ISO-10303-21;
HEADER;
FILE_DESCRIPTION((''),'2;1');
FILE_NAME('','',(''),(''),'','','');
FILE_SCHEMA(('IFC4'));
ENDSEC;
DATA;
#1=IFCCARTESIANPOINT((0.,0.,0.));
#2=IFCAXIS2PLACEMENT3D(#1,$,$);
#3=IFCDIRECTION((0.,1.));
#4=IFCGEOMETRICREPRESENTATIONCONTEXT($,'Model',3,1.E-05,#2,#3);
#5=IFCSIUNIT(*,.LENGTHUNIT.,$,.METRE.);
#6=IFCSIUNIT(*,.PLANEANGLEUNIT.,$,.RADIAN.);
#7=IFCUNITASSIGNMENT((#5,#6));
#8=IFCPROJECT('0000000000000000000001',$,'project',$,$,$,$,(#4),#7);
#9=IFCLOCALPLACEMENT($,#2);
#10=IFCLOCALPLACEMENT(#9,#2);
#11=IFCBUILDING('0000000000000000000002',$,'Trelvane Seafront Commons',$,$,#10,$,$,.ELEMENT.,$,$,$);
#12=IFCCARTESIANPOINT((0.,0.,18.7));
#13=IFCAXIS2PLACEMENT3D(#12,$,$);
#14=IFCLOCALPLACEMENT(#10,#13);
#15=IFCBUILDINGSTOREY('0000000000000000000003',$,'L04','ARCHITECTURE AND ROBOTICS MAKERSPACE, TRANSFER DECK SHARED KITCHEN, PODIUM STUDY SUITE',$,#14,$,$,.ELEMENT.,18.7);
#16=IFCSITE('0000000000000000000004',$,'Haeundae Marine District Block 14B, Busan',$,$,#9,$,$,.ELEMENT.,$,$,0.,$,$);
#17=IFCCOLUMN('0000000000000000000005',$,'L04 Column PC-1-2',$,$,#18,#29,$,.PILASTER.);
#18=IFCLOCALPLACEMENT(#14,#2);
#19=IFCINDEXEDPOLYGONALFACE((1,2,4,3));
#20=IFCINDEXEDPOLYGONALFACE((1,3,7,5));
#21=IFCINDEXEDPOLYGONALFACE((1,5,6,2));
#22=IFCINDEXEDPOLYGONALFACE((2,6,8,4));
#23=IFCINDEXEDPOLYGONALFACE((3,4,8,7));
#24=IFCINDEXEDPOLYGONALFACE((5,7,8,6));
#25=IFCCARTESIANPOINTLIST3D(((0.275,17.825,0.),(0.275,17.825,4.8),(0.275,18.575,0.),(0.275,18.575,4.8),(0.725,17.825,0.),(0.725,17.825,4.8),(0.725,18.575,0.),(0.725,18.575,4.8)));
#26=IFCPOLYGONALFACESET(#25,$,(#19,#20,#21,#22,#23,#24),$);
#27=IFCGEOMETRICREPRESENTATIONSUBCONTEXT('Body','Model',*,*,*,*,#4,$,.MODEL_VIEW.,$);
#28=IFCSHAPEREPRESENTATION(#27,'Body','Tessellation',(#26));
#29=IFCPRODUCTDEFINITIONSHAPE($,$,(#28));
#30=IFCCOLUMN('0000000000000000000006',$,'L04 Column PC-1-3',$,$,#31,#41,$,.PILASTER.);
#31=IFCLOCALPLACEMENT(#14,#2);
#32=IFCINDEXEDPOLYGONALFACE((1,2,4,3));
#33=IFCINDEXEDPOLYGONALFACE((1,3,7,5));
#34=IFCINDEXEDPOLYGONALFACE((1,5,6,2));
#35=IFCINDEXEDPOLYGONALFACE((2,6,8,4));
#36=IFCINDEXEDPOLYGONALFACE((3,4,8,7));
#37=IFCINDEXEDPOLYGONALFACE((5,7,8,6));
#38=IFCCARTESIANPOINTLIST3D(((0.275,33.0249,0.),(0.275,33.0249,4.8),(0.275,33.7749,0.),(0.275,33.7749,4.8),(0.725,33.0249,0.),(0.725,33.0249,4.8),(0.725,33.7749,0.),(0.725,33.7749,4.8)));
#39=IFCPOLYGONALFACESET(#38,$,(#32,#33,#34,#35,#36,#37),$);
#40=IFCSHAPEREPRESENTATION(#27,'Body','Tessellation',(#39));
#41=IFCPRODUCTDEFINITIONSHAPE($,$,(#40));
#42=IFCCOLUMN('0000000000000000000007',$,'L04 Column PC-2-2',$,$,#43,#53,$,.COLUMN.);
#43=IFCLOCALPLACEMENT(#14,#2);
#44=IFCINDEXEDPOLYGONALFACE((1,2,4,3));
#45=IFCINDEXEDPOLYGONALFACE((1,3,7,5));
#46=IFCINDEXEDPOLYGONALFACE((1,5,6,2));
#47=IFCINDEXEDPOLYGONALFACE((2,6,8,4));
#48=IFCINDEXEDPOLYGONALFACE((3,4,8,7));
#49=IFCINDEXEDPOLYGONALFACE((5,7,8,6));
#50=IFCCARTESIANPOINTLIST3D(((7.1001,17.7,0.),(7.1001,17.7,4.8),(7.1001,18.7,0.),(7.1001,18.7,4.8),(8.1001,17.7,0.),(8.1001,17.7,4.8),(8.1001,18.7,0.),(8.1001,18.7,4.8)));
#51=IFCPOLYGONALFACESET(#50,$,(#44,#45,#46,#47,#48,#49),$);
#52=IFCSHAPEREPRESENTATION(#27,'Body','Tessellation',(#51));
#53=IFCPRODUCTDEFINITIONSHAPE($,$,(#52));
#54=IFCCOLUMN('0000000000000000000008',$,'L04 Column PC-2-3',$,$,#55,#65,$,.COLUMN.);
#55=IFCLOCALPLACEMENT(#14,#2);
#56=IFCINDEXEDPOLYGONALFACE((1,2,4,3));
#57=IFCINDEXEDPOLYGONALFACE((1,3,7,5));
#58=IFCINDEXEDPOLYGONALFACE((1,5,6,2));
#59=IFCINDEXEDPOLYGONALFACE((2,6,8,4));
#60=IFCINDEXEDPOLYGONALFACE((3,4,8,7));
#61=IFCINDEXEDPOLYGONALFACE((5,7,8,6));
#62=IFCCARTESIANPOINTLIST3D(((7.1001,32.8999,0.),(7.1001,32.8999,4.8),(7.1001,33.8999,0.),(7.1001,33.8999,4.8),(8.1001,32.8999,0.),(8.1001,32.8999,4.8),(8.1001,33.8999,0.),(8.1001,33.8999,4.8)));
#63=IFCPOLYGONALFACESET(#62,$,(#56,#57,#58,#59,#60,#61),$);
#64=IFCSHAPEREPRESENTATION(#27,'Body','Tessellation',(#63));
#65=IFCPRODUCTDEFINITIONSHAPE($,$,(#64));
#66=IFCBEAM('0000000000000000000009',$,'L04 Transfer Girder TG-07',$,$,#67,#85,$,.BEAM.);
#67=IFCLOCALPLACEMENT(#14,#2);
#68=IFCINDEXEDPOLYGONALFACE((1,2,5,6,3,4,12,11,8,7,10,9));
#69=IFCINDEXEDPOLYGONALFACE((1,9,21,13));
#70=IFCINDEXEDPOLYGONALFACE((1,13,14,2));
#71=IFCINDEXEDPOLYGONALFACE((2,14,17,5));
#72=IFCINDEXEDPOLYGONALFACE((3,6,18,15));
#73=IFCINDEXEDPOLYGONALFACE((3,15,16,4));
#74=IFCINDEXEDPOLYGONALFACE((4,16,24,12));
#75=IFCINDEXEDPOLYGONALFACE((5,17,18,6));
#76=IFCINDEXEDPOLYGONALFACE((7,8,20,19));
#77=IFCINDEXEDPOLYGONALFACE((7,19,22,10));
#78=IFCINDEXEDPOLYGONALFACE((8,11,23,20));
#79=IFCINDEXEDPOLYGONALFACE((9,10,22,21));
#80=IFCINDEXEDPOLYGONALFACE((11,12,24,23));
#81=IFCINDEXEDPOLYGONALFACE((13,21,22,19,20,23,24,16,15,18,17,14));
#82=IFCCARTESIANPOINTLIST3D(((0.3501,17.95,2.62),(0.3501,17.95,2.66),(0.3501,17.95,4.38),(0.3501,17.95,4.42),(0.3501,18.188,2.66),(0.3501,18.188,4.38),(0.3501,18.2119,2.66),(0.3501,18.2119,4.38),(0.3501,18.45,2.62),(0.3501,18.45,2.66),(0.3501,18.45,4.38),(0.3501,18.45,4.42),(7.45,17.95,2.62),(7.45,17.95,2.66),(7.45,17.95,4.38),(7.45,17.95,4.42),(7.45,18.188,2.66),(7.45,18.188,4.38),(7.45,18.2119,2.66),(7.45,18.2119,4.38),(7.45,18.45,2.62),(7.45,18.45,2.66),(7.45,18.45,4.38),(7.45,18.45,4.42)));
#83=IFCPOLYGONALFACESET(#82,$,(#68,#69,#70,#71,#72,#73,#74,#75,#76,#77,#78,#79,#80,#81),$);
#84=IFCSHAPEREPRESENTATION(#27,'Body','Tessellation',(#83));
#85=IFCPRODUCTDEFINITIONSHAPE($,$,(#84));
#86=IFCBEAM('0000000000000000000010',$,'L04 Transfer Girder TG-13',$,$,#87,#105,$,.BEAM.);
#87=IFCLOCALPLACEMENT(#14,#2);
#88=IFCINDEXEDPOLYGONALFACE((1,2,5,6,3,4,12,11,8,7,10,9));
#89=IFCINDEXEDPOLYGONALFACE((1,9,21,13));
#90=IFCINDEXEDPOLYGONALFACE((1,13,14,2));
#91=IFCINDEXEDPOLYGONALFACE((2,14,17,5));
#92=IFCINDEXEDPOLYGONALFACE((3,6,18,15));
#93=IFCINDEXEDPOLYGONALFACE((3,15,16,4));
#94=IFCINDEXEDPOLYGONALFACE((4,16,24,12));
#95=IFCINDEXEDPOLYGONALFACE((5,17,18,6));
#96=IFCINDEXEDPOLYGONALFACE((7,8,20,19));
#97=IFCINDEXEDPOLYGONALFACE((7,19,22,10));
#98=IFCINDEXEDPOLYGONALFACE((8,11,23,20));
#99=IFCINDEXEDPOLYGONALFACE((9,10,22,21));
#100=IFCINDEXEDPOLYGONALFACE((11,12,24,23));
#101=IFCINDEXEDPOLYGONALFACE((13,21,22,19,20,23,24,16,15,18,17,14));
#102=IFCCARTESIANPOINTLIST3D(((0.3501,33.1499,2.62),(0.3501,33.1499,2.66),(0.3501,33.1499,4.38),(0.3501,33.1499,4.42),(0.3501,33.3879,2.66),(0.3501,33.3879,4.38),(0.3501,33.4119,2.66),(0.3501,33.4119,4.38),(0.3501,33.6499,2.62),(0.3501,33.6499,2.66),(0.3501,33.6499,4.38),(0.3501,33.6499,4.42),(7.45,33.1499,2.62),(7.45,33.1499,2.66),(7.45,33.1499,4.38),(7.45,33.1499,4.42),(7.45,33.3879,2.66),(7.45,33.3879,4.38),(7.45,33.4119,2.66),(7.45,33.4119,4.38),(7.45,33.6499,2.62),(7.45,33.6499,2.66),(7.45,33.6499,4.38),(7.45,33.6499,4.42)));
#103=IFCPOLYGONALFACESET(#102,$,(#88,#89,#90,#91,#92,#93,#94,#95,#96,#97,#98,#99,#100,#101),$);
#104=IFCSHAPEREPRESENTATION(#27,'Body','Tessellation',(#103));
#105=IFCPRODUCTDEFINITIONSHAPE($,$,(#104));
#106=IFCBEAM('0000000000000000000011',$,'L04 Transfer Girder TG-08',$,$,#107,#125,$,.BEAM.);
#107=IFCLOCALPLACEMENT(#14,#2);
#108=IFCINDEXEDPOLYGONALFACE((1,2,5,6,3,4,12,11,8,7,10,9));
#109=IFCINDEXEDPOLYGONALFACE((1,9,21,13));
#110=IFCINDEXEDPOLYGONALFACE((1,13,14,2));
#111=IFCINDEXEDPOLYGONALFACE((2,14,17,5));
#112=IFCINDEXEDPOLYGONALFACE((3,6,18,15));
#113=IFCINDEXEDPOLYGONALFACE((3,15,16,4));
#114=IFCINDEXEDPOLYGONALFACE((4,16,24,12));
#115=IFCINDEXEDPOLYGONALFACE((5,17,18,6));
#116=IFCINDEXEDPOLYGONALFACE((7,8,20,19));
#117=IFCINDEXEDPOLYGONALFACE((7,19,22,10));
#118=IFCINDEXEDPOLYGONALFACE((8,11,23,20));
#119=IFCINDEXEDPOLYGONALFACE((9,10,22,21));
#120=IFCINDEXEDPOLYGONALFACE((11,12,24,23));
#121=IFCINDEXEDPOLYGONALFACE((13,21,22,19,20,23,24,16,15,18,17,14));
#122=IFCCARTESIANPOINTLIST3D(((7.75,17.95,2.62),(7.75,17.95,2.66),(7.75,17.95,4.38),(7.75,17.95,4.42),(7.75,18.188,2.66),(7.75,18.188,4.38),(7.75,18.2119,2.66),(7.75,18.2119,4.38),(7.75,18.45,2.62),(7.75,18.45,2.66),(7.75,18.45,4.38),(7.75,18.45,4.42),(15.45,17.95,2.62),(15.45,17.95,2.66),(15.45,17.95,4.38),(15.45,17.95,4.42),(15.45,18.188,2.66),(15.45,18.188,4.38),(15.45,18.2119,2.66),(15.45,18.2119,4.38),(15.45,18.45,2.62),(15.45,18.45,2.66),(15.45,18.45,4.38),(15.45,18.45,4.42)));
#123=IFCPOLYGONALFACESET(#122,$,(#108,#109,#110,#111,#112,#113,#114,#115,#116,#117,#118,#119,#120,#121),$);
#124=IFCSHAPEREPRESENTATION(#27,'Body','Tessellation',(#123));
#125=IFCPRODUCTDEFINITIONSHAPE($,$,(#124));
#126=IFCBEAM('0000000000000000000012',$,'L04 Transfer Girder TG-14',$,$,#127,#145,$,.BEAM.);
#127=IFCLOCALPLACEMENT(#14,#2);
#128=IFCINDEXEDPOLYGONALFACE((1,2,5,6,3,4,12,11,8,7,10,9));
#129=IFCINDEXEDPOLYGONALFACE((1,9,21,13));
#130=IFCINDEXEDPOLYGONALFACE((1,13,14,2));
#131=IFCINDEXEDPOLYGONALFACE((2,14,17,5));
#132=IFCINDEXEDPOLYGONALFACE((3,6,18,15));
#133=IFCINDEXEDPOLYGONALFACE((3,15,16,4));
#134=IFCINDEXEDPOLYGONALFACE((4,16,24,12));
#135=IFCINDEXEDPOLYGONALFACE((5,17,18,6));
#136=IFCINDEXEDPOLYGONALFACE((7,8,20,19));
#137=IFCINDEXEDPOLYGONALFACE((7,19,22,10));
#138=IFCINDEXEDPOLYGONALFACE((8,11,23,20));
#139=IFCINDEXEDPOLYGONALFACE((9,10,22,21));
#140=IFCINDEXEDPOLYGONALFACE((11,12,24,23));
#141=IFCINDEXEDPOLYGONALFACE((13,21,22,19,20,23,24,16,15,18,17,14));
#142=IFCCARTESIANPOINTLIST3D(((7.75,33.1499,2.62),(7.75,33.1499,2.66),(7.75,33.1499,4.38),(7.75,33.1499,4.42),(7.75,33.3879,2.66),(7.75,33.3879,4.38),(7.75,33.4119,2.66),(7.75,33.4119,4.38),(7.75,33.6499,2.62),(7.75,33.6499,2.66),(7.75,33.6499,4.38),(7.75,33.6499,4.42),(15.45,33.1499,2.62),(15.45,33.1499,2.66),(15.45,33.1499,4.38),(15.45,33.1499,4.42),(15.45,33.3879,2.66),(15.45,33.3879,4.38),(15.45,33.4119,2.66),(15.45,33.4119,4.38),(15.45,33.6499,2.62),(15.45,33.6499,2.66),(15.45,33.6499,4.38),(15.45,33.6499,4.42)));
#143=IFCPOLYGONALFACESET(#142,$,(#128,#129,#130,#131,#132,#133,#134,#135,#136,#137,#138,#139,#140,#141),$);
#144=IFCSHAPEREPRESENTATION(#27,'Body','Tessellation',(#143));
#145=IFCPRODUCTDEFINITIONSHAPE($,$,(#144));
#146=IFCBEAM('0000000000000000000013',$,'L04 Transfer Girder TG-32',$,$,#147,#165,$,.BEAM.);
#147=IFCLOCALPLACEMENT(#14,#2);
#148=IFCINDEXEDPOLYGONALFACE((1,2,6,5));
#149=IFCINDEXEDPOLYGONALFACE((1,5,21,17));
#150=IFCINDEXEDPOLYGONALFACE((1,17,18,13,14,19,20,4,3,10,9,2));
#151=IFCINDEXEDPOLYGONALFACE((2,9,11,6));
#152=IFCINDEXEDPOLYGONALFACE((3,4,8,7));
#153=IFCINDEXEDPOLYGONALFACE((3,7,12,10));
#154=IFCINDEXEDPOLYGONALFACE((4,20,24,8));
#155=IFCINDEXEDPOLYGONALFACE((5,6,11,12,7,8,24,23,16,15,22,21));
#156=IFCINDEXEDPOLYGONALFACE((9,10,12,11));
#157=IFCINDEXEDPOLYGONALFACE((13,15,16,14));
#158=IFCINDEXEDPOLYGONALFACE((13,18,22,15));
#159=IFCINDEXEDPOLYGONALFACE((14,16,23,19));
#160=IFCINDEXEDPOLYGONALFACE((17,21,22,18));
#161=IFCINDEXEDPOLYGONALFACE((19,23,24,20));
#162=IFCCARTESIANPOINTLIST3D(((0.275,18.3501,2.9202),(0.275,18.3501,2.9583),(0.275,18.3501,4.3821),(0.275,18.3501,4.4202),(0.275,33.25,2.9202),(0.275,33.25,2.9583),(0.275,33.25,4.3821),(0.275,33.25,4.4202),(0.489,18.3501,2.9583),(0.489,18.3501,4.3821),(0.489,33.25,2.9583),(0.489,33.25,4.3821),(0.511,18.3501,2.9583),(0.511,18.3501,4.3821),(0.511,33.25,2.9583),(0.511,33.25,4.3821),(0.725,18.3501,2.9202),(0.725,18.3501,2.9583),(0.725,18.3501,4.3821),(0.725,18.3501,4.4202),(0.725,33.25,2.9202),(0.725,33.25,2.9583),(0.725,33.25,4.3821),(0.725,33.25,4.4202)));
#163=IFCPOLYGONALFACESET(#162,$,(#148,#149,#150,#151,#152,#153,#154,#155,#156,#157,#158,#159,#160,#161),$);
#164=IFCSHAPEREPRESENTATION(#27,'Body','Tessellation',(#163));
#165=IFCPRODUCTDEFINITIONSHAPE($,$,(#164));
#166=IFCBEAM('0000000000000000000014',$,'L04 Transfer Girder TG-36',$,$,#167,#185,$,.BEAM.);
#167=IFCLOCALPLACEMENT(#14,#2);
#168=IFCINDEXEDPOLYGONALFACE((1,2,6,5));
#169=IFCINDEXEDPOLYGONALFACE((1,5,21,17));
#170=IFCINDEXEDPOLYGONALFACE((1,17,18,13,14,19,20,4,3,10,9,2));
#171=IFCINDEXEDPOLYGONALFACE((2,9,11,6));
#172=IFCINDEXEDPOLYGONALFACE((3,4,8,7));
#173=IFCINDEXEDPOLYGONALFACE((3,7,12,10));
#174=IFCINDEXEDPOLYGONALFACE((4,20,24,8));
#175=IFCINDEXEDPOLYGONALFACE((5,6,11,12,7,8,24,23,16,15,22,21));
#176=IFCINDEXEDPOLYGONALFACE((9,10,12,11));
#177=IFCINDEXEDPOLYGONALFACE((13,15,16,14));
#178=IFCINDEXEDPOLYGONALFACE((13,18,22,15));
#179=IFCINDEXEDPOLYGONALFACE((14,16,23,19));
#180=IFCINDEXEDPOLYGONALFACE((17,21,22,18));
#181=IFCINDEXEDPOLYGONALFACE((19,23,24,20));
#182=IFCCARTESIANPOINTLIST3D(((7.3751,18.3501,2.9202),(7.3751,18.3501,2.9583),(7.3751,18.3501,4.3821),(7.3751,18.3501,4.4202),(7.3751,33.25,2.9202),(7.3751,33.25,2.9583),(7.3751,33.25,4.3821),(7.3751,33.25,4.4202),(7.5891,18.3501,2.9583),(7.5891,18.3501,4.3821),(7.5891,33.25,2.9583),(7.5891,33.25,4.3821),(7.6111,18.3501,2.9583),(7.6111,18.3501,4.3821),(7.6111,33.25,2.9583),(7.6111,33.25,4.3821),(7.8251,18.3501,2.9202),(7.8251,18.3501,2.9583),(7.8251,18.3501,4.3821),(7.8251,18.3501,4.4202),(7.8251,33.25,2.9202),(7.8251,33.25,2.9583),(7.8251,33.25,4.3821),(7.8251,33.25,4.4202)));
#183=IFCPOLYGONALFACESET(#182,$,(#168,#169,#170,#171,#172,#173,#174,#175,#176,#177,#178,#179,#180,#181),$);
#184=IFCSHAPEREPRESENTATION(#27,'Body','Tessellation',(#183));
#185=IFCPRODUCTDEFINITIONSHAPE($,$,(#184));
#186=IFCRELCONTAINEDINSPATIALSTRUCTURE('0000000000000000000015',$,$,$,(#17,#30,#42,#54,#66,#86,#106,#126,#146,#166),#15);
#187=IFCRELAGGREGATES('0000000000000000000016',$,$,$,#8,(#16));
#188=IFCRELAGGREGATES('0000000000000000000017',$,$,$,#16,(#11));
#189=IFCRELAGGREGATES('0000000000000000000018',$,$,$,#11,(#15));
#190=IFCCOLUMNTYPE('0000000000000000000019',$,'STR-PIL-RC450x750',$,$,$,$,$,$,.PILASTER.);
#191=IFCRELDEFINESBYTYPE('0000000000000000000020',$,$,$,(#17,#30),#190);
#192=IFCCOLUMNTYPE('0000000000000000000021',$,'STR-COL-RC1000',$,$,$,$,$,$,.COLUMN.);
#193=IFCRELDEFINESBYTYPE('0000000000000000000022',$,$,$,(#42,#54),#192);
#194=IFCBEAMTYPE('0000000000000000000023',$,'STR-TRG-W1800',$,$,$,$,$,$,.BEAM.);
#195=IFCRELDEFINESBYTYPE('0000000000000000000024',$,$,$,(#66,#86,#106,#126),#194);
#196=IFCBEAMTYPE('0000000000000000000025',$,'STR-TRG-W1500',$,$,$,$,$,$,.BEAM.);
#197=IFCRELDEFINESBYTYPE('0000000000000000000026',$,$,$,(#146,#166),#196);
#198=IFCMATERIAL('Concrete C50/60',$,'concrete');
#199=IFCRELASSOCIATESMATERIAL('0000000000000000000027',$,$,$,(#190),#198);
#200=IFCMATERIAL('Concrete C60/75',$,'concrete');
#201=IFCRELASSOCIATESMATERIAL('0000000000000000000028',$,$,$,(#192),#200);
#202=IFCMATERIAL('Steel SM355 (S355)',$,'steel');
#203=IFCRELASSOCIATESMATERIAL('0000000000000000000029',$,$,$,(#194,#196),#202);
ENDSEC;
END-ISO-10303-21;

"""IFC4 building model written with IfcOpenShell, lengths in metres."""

from ifc_helpers import new_model, si_unit, direction, frame, origin, origin_2d, place, context, subcontext, project, spatial, rectangle, i_section, extrude, source, transform, mapped, material, material_profile, profile_set, type_object, element, save


model = new_model("IFC4")

# Units and contexts
model_context = context("Model", 3, precision=1e-05, world=origin(), true_north=direction((0.0, 1.0)))
body_context = subcontext(model_context, "Body", "Model", "MODEL_VIEW")
ifc_project = project(units=[si_unit("LENGTHUNIT", "METRE"), si_unit("PLANEANGLEUNIT", "RADIAN")], contexts=[model_context])

# Site, building, storey
site_placement = place(None, origin())
site = spatial("IfcSite", under=ifc_project, at=site_placement, Name="Haeundae Marine District Block 14B, Busan", CompositionType="ELEMENT", RefElevation=0.0)
building_placement = place(site_placement, origin())
building = spatial("IfcBuilding", under=site, at=building_placement, Name="Trelvane Seafront Commons", CompositionType="ELEMENT")
storey_placement = place(building_placement, frame((0.0, 0.0, 18.7)))
storey = spatial("IfcBuildingStorey", under=building, at=storey_placement, Name="L04", Description="ARCHITECTURE AND ROBOTICS MAKERSPACE, TRANSFER DECK SHARED KITCHEN, PODIUM STUDY SUITE", CompositionType="ELEMENT", Elevation=18.7)

# Columns
ifc_material_1 = material(Name="Concrete C50/60", Category="concrete")
ifc_material_profile_1 = material_profile(ifc_material_1, rectangle(XDim=0.45, YDim=0.75, at=origin_2d()), Name="RC-450x750")
ifc_profile_set_1 = profile_set([ifc_material_profile_1], Name="Concrete C50/60")
column_type_1 = type_object("IfcColumnType", Name="STR-PIL-RC450x750", PredefinedType="PILASTER", material=ifc_profile_set_1)
shared_shape_1 = source(origin(), body_context, "Body", "SweptSolid", [
    extrude(rectangle(XDim=0.45, YDim=0.75, at=origin_2d()), origin(), (0.0, 0.0, 1.0), 4.8),
])
for number, where, z_axis, x_axis, name in (
    (1, (0.5, 18.2, 0.0), (0.0, 0.0, 1.0), (1.0, 0.0, 0.0), "L04 Column PC-1-2"),
    (2, (0.5, 33.3999, 0.0), (0.0, 0.0, 1.0), (1.0, 0.0, 0.0), "L04 Column PC-1-3"),
):
    element("IfcColumn", number, at=place(storey_placement, frame(where, z_axis=z_axis, x_axis=x_axis)), inside=storey, type_object=column_type_1, Name=name, PredefinedType="PILASTER", context=body_context, shape_type="MappedRepresentation", body=[
        mapped(shared_shape_1, transform((0.0, 0.0, 0.0), x_axis=(1.0, 0.0, 0.0), y_axis=(0.0, 1.0, 0.0), z_axis=(0.0, 0.0, 1.0), scale=1.0)),
    ])
ifc_material_2 = material(Name="Concrete C60/75", Category="concrete")
ifc_material_profile_2 = material_profile(ifc_material_2, rectangle(XDim=1.0, YDim=1.0, at=origin_2d()), Name="RC-1000x1000")
ifc_profile_set_2 = profile_set([ifc_material_profile_2], Name="Concrete C60/75")
column_type_2 = type_object("IfcColumnType", Name="STR-COL-RC1000", PredefinedType="COLUMN", material=ifc_profile_set_2)
shared_shape_2 = source(origin(), body_context, "Body", "SweptSolid", [
    extrude(rectangle(XDim=1.0, YDim=1.0, at=origin_2d()), origin(), (0.0, 0.0, 1.0), 4.8),
])
for number, where, z_axis, x_axis, name in (
    (3, (7.6001, 18.2, 0.0), (0.0, 0.0, 1.0), (1.0, 0.0, 0.0), "L04 Column PC-2-2"),
    (4, (7.6001, 33.3999, 0.0), (0.0, 0.0, 1.0), (1.0, 0.0, 0.0), "L04 Column PC-2-3"),
):
    element("IfcColumn", number, at=place(storey_placement, frame(where, z_axis=z_axis, x_axis=x_axis)), inside=storey, type_object=column_type_2, Name=name, PredefinedType="COLUMN", context=body_context, shape_type="MappedRepresentation", body=[
        mapped(shared_shape_2, transform((0.0, 0.0, 0.0), x_axis=(1.0, 0.0, 0.0), y_axis=(0.0, 1.0, 0.0), z_axis=(0.0, 0.0, 1.0), scale=1.0)),
    ])

# Beams
ifc_material_3 = material(Name="Steel SM355 (S355)", Category="steel")
ifc_material_profile_3 = material_profile(ifc_material_3, i_section(OverallWidth=0.5, OverallDepth=1.8, WebThickness=0.0239, FlangeThickness=0.04, at=origin_2d()), Name="W-1800x500x24x40")
ifc_profile_set_3 = profile_set([ifc_material_profile_3], Name="Steel SM355 (S355)")
beam_type_1 = type_object("IfcBeamType", Name="STR-TRG-W1800", PredefinedType="BEAM", material=ifc_profile_set_3)
shared_shape_3 = source(origin(), body_context, "Body", "SweptSolid", [
    extrude(i_section(OverallWidth=0.5, OverallDepth=1.8, WebThickness=0.0239, FlangeThickness=0.04, at=origin_2d()), origin(), (0.0, 0.0, 1.0), 7.0999),
])
for number, where, z_axis, x_axis, name in (
    (5, (0.3501, 18.2, 3.52), (1.0, 0.0, 0.0), (0.0, 1.0, 0.0), "L04 Transfer Girder TG-07"),
    (6, (0.3501, 33.3999, 3.52), (1.0, 0.0, 0.0), (0.0, 1.0, 0.0), "L04 Transfer Girder TG-13"),
):
    element("IfcBeam", number, at=place(storey_placement, frame(where, z_axis=z_axis, x_axis=x_axis)), inside=storey, type_object=beam_type_1, Name=name, PredefinedType="BEAM", context=body_context, shape_type="MappedRepresentation", body=[
        mapped(shared_shape_3, transform((0.0, 0.0, 0.0), x_axis=(1.0, 0.0, 0.0), y_axis=(0.0, 1.0, 0.0), z_axis=(0.0, 0.0, 1.0), scale=1.0)),
    ])
shared_shape_4 = source(origin(), body_context, "Body", "SweptSolid", [
    extrude(i_section(OverallWidth=0.5, OverallDepth=1.8, WebThickness=0.0239, FlangeThickness=0.04, at=origin_2d()), origin(), (0.0, 0.0, 1.0), 7.7),
])
for number, where, z_axis, x_axis, name in (
    (7, (7.75, 18.2, 3.52), (1.0, 0.0, 0.0), (0.0, 1.0, 0.0), "L04 Transfer Girder TG-08"),
    (8, (7.75, 33.3999, 3.52), (1.0, 0.0, 0.0), (0.0, 1.0, 0.0), "L04 Transfer Girder TG-14"),
):
    element("IfcBeam", number, at=place(storey_placement, frame(where, z_axis=z_axis, x_axis=x_axis)), inside=storey, type_object=beam_type_1, Name=name, PredefinedType="BEAM", context=body_context, shape_type="MappedRepresentation", body=[
        mapped(shared_shape_4, transform((0.0, 0.0, 0.0), x_axis=(1.0, 0.0, 0.0), y_axis=(0.0, 1.0, 0.0), z_axis=(0.0, 0.0, 1.0), scale=1.0)),
    ])
ifc_material_profile_4 = material_profile(ifc_material_3, i_section(OverallWidth=0.45, OverallDepth=1.5, WebThickness=0.022, FlangeThickness=0.0381, at=origin_2d()), Name="W-1500x450x22x38")
ifc_profile_set_4 = profile_set([ifc_material_profile_4], Name="Steel SM355 (S355)")
beam_type_2 = type_object("IfcBeamType", Name="STR-TRG-W1500", PredefinedType="BEAM", material=ifc_profile_set_4)
shared_shape_5 = source(origin(), body_context, "Body", "SweptSolid", [
    extrude(i_section(OverallWidth=0.45, OverallDepth=1.5, WebThickness=0.022, FlangeThickness=0.0381, at=origin_2d()), origin(), (0.0, 0.0, 1.0), 14.8999),
])
for number, where, z_axis, x_axis, name in (
    (9, (0.5, 18.3501, 3.6702), (0.0, 1.0, 0.0), (-1.0, 0.0, 0.0), "L04 Transfer Girder TG-32"),
    (10, (7.6001, 18.3501, 3.6702), (0.0, 1.0, 0.0), (-1.0, 0.0, 0.0), "L04 Transfer Girder TG-36"),
):
    element("IfcBeam", number, at=place(storey_placement, frame(where, z_axis=z_axis, x_axis=x_axis)), inside=storey, type_object=beam_type_2, Name=name, PredefinedType="BEAM", context=body_context, shape_type="MappedRepresentation", body=[
        mapped(shared_shape_5, transform((0.0, 0.0, 0.0), x_axis=(1.0, 0.0, 0.0), y_axis=(0.0, 1.0, 0.0), z_axis=(0.0, 0.0, 1.0), scale=1.0)),
    ])

save(model, "model.ifc")
